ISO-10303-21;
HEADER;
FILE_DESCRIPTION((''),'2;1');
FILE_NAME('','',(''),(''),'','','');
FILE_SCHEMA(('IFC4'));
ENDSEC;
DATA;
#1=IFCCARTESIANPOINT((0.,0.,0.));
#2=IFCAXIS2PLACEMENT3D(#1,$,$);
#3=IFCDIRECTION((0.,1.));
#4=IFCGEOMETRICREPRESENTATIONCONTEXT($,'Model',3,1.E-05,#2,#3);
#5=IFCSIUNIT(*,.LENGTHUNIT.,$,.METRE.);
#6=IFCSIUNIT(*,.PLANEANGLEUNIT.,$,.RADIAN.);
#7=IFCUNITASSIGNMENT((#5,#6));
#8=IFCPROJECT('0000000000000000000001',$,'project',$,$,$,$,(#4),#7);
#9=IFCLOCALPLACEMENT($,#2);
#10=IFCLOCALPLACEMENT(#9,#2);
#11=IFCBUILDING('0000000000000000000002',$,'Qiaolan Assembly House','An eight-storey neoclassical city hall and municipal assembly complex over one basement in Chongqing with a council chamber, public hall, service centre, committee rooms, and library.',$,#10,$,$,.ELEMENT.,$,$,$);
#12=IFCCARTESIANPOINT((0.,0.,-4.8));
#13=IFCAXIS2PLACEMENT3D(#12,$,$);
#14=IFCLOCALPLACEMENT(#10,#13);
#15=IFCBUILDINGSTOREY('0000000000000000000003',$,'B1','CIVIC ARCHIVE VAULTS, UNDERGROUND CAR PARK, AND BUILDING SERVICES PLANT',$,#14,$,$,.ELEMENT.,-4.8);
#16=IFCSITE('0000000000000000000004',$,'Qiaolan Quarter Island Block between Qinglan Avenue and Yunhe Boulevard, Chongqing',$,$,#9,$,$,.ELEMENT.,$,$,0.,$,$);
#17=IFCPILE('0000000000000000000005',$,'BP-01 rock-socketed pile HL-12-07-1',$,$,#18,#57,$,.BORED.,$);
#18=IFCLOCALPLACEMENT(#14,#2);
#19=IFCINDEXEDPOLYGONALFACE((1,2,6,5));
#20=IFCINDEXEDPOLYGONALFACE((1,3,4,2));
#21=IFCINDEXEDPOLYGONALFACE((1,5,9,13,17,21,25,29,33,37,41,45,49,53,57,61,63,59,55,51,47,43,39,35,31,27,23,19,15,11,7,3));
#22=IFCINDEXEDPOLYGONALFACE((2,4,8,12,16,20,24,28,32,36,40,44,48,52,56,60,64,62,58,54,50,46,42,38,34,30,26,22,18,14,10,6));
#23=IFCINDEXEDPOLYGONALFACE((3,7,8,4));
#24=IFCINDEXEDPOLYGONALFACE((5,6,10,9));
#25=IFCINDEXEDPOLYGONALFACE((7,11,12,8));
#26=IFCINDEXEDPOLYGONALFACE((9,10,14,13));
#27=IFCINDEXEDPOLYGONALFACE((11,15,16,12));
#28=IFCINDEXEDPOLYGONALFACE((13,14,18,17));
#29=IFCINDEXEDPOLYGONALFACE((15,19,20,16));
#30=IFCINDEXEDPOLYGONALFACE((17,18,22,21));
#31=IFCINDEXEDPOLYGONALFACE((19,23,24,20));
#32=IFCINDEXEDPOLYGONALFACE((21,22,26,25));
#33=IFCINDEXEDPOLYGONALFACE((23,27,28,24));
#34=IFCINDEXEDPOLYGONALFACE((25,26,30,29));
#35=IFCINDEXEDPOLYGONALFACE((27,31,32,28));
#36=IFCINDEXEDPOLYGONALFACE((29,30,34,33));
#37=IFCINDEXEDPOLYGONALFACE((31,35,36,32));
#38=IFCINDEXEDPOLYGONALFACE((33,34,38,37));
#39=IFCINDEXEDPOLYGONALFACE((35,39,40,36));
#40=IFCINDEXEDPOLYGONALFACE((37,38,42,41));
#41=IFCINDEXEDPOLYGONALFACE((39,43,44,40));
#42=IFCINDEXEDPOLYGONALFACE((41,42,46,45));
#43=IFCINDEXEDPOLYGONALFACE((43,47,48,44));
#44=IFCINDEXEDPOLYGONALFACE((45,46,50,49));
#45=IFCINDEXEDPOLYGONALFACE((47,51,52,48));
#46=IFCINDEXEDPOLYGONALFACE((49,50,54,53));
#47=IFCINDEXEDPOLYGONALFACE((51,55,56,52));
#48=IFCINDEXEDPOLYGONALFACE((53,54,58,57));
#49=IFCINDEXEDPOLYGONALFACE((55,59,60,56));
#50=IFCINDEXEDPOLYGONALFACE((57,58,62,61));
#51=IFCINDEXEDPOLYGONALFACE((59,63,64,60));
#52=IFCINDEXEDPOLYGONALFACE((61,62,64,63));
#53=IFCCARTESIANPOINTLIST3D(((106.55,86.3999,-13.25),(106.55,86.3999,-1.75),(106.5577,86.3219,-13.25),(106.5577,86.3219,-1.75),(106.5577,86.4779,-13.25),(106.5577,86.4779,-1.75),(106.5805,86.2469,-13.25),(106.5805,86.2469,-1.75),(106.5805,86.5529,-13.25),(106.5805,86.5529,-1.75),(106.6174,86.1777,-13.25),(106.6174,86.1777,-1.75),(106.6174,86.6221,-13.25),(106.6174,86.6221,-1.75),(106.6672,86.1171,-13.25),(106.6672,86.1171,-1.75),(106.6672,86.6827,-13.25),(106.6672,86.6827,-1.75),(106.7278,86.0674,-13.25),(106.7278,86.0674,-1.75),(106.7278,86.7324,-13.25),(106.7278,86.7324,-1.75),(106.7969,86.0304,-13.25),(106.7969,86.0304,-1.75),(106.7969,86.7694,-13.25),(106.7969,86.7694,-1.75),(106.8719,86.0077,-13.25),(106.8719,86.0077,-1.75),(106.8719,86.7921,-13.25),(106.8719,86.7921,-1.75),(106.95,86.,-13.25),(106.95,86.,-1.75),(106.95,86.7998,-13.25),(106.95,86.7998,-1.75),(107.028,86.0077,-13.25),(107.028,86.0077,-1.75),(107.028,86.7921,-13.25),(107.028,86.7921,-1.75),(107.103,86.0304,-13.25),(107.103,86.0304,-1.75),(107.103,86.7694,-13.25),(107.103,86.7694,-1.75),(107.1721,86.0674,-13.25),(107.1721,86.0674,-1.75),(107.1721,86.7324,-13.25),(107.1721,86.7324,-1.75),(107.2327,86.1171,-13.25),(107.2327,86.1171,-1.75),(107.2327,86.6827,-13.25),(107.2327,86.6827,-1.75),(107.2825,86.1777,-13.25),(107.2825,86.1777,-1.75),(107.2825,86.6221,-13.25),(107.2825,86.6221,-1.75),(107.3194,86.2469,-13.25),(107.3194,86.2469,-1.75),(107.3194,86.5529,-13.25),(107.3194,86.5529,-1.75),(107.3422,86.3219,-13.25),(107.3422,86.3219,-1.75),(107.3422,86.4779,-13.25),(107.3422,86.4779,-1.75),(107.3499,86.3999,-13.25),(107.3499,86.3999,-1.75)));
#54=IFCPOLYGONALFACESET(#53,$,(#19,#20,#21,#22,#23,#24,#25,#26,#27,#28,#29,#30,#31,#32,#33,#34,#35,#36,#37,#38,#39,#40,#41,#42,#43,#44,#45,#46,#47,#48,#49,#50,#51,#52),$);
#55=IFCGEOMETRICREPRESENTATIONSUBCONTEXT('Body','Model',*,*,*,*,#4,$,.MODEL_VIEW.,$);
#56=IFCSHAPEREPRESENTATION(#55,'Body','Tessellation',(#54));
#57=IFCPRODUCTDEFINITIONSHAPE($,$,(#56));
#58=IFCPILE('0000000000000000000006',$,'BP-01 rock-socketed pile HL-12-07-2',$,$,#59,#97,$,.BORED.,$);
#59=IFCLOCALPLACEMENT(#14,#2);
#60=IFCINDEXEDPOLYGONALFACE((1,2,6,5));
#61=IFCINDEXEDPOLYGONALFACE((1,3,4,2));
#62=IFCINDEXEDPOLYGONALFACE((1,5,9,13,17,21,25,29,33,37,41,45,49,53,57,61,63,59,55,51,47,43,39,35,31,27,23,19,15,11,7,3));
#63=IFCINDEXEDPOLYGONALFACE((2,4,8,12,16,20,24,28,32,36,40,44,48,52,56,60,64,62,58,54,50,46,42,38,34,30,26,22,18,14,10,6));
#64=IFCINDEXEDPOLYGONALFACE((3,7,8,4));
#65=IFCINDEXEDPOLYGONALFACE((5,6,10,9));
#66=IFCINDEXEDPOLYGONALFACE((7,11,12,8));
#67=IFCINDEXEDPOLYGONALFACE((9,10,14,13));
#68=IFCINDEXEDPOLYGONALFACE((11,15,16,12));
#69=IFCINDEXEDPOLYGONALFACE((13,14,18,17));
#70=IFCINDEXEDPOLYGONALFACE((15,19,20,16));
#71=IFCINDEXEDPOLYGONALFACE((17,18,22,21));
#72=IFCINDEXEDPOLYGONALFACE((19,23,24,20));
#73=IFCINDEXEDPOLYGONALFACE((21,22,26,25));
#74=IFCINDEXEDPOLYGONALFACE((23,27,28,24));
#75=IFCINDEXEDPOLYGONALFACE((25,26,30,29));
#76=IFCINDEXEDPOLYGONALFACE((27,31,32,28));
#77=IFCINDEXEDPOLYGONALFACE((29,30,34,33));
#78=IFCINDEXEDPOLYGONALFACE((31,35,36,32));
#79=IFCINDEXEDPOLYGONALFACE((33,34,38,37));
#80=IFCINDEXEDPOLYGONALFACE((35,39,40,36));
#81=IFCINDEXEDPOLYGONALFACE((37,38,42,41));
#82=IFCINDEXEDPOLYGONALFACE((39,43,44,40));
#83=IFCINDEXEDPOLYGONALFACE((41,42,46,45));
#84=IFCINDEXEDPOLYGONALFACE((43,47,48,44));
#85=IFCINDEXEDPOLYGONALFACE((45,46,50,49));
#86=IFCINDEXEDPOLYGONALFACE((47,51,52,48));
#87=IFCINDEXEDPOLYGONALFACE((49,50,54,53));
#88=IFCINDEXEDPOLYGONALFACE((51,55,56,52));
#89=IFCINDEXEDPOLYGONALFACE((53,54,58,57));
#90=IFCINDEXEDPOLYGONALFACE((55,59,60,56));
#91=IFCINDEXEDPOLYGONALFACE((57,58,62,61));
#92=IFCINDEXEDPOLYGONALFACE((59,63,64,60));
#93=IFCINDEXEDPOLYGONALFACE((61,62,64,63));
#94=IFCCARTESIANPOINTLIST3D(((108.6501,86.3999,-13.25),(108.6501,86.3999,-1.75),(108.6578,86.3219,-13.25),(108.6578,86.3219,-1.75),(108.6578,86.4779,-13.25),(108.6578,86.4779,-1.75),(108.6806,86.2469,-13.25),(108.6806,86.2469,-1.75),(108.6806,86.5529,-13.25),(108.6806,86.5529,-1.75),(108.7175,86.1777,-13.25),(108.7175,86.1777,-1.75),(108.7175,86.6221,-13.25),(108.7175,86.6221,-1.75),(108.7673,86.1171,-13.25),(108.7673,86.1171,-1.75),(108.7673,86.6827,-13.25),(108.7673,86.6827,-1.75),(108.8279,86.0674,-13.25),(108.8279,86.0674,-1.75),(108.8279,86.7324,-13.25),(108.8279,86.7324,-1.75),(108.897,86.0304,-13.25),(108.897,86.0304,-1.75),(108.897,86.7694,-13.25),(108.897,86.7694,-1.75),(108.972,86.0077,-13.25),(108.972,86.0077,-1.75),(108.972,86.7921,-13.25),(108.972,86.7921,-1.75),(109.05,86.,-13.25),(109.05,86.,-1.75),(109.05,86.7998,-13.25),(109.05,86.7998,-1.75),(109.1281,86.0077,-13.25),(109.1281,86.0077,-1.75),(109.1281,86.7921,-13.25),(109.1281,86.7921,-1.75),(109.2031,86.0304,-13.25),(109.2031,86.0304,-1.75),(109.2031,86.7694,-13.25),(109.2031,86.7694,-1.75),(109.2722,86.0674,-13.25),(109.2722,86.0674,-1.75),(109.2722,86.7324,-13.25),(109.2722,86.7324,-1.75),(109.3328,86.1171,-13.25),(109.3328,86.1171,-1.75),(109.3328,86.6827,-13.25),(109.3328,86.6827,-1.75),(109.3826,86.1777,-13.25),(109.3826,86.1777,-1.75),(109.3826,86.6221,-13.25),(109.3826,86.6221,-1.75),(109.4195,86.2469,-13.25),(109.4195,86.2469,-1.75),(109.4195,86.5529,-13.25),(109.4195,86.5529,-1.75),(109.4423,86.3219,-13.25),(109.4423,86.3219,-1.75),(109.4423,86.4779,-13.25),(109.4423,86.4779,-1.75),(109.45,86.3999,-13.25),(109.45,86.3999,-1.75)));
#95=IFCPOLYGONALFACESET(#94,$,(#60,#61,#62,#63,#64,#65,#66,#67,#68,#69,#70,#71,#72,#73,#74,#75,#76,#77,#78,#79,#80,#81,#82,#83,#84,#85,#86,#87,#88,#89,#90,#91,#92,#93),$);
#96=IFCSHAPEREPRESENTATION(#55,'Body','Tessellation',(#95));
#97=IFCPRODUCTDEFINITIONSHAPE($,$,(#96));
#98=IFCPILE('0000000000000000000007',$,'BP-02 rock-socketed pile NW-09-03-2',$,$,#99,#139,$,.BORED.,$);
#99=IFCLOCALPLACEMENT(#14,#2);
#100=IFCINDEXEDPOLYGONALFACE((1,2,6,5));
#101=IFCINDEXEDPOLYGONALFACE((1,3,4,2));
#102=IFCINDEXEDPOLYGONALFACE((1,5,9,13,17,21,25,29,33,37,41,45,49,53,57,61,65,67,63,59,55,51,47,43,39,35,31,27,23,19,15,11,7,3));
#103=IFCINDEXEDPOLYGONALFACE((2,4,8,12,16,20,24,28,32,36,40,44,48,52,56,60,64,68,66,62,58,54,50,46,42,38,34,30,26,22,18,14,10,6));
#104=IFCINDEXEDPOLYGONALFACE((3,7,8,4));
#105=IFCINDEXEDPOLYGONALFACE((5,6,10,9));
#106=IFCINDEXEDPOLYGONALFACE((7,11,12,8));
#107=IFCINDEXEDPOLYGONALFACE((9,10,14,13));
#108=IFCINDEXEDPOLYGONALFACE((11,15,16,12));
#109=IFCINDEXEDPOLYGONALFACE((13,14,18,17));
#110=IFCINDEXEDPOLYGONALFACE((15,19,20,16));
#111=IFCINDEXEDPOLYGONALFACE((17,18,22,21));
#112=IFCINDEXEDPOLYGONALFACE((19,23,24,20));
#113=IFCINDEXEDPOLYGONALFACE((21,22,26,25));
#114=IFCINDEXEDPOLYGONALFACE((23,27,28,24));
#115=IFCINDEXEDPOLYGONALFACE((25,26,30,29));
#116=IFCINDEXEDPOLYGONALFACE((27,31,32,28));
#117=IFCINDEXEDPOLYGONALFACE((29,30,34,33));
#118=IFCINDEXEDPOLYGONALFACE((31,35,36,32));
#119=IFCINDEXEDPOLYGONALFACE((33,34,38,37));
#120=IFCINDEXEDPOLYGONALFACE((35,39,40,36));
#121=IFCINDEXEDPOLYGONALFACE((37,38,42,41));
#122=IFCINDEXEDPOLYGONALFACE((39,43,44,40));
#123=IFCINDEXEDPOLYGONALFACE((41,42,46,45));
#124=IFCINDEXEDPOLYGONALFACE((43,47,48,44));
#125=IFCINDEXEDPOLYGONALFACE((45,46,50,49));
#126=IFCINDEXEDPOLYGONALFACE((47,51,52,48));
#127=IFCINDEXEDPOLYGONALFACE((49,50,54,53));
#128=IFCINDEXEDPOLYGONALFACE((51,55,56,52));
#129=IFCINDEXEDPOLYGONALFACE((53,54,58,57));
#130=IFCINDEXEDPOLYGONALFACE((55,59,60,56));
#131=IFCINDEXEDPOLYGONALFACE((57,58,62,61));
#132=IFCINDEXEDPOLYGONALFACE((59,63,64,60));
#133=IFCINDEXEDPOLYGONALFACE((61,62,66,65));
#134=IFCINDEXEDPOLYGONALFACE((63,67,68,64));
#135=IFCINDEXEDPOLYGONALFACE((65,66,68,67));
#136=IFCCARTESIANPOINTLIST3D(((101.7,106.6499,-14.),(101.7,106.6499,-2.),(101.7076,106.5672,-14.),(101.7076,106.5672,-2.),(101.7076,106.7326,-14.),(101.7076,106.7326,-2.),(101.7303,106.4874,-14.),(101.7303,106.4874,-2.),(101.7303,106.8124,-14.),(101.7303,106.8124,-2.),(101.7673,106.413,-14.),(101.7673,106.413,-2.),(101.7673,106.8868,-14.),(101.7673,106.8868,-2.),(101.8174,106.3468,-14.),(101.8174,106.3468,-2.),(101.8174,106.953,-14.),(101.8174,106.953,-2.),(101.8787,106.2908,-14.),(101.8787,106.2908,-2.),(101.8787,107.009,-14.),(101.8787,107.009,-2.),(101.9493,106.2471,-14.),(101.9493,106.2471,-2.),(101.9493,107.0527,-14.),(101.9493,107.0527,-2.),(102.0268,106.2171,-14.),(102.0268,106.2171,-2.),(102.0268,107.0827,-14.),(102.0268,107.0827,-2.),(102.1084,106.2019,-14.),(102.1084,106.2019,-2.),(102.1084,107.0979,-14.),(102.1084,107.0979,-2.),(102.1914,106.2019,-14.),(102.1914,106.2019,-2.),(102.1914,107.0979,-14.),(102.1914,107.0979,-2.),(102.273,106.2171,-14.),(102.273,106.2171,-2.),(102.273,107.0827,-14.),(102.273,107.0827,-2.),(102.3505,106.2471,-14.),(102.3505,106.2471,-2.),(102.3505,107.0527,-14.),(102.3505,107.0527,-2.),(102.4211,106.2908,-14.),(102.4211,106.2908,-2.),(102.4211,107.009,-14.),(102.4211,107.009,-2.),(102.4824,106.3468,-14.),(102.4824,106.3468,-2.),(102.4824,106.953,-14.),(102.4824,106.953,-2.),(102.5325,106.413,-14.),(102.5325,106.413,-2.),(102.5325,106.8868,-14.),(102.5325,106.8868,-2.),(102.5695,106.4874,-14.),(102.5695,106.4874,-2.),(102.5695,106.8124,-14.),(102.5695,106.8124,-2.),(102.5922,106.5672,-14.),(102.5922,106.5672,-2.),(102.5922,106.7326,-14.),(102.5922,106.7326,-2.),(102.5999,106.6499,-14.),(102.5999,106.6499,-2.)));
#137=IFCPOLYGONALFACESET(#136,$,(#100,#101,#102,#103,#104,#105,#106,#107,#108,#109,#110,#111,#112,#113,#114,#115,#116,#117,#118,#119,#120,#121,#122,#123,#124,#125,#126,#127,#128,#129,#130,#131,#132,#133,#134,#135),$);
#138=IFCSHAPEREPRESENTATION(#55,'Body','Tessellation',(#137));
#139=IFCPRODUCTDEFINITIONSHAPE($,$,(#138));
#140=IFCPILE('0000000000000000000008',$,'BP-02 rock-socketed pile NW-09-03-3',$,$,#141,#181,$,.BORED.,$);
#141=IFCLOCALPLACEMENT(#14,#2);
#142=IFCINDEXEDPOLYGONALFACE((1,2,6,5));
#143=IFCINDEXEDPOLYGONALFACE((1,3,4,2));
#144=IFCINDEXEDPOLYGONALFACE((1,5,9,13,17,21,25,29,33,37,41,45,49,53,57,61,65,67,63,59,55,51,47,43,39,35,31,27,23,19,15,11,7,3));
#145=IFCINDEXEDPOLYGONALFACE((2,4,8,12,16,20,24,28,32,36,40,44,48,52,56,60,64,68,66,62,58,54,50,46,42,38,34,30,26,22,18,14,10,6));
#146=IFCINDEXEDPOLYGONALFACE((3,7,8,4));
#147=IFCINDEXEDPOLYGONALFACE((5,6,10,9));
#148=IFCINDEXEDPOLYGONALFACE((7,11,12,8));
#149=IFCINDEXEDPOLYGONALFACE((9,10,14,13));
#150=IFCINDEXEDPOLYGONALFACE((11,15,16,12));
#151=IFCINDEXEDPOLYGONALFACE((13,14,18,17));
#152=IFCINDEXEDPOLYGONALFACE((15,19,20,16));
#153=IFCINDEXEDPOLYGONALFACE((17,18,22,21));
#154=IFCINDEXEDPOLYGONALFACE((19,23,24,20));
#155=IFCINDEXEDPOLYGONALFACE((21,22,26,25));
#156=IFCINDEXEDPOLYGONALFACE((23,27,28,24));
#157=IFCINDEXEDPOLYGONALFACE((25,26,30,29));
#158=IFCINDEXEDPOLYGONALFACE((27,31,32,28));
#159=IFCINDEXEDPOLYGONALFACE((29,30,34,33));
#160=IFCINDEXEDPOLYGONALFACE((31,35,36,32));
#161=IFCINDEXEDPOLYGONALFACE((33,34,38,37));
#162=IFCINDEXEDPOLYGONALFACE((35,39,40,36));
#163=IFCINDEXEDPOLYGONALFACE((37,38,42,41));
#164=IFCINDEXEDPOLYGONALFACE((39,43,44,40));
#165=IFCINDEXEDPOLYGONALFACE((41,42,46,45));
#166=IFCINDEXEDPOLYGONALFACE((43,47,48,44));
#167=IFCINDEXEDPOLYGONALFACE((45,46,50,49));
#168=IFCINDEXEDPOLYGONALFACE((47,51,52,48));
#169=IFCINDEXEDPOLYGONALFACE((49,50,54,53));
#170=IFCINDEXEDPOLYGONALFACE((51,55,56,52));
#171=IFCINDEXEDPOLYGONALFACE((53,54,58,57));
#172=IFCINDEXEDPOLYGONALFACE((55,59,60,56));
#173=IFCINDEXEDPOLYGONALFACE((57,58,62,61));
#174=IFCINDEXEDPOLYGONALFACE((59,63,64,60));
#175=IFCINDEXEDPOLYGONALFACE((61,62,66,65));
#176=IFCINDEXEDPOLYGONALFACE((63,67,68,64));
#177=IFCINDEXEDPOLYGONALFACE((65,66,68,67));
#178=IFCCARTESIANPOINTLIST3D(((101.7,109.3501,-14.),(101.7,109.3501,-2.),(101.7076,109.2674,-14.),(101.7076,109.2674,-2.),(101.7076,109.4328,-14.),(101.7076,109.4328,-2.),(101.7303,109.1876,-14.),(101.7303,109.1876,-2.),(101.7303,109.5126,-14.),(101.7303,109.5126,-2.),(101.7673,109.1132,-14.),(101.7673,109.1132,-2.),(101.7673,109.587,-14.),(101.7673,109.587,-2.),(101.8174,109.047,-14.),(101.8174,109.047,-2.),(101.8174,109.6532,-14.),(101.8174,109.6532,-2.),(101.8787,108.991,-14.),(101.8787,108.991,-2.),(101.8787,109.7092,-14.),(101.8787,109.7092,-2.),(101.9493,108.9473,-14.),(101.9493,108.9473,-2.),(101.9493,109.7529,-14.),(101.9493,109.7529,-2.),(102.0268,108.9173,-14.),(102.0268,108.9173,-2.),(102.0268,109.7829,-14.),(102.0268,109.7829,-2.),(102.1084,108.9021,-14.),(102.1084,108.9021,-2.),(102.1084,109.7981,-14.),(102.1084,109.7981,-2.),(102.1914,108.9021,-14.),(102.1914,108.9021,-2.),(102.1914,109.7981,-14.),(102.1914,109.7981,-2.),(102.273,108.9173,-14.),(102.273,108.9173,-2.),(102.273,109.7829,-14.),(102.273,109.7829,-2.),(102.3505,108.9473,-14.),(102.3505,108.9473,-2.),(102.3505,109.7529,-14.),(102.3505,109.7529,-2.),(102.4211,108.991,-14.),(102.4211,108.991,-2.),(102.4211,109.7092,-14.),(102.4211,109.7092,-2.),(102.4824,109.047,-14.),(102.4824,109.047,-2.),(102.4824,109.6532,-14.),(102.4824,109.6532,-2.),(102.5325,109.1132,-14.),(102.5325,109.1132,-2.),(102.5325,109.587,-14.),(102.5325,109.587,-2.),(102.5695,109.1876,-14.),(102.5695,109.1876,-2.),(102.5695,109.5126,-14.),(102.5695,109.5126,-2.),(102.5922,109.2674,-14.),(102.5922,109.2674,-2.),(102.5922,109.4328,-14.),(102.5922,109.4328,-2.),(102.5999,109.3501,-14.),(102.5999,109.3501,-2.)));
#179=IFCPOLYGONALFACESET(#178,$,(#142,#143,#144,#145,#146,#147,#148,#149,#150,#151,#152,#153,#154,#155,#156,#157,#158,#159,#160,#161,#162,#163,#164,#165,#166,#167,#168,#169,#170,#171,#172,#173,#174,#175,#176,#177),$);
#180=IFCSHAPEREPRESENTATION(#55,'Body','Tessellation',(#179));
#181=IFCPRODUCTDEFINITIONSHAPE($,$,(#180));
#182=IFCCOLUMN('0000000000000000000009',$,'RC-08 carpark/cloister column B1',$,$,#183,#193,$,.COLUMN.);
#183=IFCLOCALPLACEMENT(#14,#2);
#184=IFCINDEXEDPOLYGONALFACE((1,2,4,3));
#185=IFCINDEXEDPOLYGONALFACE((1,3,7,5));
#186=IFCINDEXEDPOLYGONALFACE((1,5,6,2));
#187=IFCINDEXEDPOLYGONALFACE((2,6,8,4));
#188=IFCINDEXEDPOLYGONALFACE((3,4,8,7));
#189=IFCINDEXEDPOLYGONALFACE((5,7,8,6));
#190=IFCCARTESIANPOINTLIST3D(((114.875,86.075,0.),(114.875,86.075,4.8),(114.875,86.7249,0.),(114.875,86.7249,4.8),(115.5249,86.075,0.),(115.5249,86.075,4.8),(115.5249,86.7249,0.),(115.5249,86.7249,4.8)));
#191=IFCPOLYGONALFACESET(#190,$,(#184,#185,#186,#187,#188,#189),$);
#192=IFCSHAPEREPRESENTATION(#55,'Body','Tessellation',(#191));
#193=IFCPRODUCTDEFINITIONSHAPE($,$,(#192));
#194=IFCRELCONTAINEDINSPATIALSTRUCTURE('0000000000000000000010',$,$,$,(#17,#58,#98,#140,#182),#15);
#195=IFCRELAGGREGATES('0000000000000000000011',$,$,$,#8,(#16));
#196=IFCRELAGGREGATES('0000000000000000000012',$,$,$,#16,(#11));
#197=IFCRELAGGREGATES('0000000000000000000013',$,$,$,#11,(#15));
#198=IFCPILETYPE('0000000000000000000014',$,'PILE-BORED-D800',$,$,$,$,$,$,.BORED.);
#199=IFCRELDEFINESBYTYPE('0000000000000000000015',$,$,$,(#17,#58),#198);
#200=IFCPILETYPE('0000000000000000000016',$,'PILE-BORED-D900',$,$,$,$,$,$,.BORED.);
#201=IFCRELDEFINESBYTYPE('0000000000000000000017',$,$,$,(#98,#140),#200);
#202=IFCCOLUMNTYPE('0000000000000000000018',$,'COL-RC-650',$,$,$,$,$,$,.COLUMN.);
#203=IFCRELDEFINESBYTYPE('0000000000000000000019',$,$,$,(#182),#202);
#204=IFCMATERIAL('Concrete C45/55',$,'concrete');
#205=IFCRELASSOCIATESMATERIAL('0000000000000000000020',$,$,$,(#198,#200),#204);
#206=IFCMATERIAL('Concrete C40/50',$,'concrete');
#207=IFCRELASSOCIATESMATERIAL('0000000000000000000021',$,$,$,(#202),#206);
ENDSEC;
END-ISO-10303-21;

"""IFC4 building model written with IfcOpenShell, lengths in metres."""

from ifc_helpers import new_model, si_unit, direction, frame, origin, origin_2d, place, context, subcontext, project, spatial, rectangle, circle, extrude, material, material_profile, profile_set, type_object, element, save


model = new_model("IFC4")

# Units and contexts
model_context = context("Model", 3, precision=1e-05, world=origin(), true_north=direction((0.0, 1.0)))
body_context = subcontext(model_context, "Body", "Model", "MODEL_VIEW")
ifc_project = project(units=[si_unit("LENGTHUNIT", "METRE"), si_unit("PLANEANGLEUNIT", "RADIAN")], contexts=[model_context])

# Site, building, storey
site_placement = place(None, origin())
site = spatial("IfcSite", under=ifc_project, at=site_placement, Name="Qiaolan Quarter Island Block between Qinglan Avenue and Yunhe Boulevard, Chongqing", CompositionType="ELEMENT", RefElevation=0.0)
building_placement = place(site_placement, origin())
building = spatial("IfcBuilding", under=site, at=building_placement, Name="Qiaolan Assembly House", Description="An eight-storey neoclassical city hall and municipal assembly complex over one basement in Chongqing with a council chamber, public hall, service centre, committee rooms, and library.", CompositionType="ELEMENT")
storey_placement = place(building_placement, frame((0.0, 0.0, -4.8)))
storey = spatial("IfcBuildingStorey", under=building, at=storey_placement, Name="B1", Description="CIVIC ARCHIVE VAULTS, UNDERGROUND CAR PARK, AND BUILDING SERVICES PLANT", CompositionType="ELEMENT", Elevation=-4.8)

# Shared definitions
ifc_material_1 = material(Name="Concrete C40/50", Category="concrete")

# Piles
ifc_material_2 = material(Name="Concrete C45/55", Category="concrete")
ifc_material_profile_1 = material_profile(ifc_material_2, circle(Radius=0.3999, at=origin_2d()), Name="PILE D800")
ifc_profile_set_1 = profile_set([ifc_material_profile_1], Name="Concrete C45/55")
pile_type_1 = type_object("IfcPileType", Name="PILE-BORED-D800", PredefinedType="BORED", material=ifc_profile_set_1)
for number, where, z_axis, x_axis, name in (
    (1, (106.95, 86.3999, -1.75), (0.0, 0.0, -1.0), (1.0, 0.0, 0.0), "BP-01 rock-socketed pile HL-12-07-1"),
    (2, (109.05, 86.3999, -1.75), (0.0, 0.0, -1.0), (1.0, 0.0, 0.0), "BP-01 rock-socketed pile HL-12-07-2"),
):
    element("IfcPile", number, at=place(storey_placement, frame(where, z_axis=z_axis, x_axis=x_axis)), inside=storey, type_object=pile_type_1, Name=name, PredefinedType="BORED", context=body_context, shape_type="SweptSolid", body=[
        extrude(circle(Radius=0.3999, at=origin_2d()), origin(), (0.0, 0.0, 1.0), 11.5),
    ])
ifc_material_profile_2 = material_profile(ifc_material_2, circle(Radius=0.45, at=origin_2d()), Name="PILE D900")
ifc_profile_set_2 = profile_set([ifc_material_profile_2], Name="Concrete C45/55")
pile_type_2 = type_object("IfcPileType", Name="PILE-BORED-D900", PredefinedType="BORED", material=ifc_profile_set_2)
for number, where, z_axis, x_axis, name in (
    (3, (102.1499, 106.6499, -2.0), (0.0, 0.0, -1.0), (1.0, 0.0, 0.0), "BP-02 rock-socketed pile NW-09-03-2"),
    (4, (102.1499, 109.3501, -2.0), (0.0, 0.0, -1.0), (1.0, 0.0, 0.0), "BP-02 rock-socketed pile NW-09-03-3"),
):
    element("IfcPile", number, at=place(storey_placement, frame(where, z_axis=z_axis, x_axis=x_axis)), inside=storey, type_object=pile_type_2, Name=name, PredefinedType="BORED", context=body_context, shape_type="SweptSolid", body=[
        extrude(circle(Radius=0.45, at=origin_2d()), origin(), (0.0, 0.0, 1.0), 12.0),
    ])

# Column
ifc_material_profile_3 = material_profile(ifc_material_1, rectangle(XDim=0.6499, YDim=0.6499, at=origin_2d()), Name="RC 650x650")
ifc_profile_set_3 = profile_set([ifc_material_profile_3], Name="Concrete C40/50")
column_type_1 = type_object("IfcColumnType", Name="COL-RC-650", PredefinedType="COLUMN", material=ifc_profile_set_3)
column_1_placement = place(storey_placement, frame((115.2, 86.3999, 0.0), z_axis=(0.0, 0.0, 1.0), x_axis=(1.0, 0.0, 0.0)))
element("IfcColumn", 5, at=column_1_placement, inside=storey, type_object=column_type_1, Name="RC-08 carpark/cloister column B1", PredefinedType="COLUMN", context=body_context, shape_type="SweptSolid", body=[
    extrude(rectangle(XDim=0.6499, YDim=0.6499, at=origin_2d()), origin(), (0.0, 0.0, 1.0), 4.8),
])

save(model, "model.ifc")
